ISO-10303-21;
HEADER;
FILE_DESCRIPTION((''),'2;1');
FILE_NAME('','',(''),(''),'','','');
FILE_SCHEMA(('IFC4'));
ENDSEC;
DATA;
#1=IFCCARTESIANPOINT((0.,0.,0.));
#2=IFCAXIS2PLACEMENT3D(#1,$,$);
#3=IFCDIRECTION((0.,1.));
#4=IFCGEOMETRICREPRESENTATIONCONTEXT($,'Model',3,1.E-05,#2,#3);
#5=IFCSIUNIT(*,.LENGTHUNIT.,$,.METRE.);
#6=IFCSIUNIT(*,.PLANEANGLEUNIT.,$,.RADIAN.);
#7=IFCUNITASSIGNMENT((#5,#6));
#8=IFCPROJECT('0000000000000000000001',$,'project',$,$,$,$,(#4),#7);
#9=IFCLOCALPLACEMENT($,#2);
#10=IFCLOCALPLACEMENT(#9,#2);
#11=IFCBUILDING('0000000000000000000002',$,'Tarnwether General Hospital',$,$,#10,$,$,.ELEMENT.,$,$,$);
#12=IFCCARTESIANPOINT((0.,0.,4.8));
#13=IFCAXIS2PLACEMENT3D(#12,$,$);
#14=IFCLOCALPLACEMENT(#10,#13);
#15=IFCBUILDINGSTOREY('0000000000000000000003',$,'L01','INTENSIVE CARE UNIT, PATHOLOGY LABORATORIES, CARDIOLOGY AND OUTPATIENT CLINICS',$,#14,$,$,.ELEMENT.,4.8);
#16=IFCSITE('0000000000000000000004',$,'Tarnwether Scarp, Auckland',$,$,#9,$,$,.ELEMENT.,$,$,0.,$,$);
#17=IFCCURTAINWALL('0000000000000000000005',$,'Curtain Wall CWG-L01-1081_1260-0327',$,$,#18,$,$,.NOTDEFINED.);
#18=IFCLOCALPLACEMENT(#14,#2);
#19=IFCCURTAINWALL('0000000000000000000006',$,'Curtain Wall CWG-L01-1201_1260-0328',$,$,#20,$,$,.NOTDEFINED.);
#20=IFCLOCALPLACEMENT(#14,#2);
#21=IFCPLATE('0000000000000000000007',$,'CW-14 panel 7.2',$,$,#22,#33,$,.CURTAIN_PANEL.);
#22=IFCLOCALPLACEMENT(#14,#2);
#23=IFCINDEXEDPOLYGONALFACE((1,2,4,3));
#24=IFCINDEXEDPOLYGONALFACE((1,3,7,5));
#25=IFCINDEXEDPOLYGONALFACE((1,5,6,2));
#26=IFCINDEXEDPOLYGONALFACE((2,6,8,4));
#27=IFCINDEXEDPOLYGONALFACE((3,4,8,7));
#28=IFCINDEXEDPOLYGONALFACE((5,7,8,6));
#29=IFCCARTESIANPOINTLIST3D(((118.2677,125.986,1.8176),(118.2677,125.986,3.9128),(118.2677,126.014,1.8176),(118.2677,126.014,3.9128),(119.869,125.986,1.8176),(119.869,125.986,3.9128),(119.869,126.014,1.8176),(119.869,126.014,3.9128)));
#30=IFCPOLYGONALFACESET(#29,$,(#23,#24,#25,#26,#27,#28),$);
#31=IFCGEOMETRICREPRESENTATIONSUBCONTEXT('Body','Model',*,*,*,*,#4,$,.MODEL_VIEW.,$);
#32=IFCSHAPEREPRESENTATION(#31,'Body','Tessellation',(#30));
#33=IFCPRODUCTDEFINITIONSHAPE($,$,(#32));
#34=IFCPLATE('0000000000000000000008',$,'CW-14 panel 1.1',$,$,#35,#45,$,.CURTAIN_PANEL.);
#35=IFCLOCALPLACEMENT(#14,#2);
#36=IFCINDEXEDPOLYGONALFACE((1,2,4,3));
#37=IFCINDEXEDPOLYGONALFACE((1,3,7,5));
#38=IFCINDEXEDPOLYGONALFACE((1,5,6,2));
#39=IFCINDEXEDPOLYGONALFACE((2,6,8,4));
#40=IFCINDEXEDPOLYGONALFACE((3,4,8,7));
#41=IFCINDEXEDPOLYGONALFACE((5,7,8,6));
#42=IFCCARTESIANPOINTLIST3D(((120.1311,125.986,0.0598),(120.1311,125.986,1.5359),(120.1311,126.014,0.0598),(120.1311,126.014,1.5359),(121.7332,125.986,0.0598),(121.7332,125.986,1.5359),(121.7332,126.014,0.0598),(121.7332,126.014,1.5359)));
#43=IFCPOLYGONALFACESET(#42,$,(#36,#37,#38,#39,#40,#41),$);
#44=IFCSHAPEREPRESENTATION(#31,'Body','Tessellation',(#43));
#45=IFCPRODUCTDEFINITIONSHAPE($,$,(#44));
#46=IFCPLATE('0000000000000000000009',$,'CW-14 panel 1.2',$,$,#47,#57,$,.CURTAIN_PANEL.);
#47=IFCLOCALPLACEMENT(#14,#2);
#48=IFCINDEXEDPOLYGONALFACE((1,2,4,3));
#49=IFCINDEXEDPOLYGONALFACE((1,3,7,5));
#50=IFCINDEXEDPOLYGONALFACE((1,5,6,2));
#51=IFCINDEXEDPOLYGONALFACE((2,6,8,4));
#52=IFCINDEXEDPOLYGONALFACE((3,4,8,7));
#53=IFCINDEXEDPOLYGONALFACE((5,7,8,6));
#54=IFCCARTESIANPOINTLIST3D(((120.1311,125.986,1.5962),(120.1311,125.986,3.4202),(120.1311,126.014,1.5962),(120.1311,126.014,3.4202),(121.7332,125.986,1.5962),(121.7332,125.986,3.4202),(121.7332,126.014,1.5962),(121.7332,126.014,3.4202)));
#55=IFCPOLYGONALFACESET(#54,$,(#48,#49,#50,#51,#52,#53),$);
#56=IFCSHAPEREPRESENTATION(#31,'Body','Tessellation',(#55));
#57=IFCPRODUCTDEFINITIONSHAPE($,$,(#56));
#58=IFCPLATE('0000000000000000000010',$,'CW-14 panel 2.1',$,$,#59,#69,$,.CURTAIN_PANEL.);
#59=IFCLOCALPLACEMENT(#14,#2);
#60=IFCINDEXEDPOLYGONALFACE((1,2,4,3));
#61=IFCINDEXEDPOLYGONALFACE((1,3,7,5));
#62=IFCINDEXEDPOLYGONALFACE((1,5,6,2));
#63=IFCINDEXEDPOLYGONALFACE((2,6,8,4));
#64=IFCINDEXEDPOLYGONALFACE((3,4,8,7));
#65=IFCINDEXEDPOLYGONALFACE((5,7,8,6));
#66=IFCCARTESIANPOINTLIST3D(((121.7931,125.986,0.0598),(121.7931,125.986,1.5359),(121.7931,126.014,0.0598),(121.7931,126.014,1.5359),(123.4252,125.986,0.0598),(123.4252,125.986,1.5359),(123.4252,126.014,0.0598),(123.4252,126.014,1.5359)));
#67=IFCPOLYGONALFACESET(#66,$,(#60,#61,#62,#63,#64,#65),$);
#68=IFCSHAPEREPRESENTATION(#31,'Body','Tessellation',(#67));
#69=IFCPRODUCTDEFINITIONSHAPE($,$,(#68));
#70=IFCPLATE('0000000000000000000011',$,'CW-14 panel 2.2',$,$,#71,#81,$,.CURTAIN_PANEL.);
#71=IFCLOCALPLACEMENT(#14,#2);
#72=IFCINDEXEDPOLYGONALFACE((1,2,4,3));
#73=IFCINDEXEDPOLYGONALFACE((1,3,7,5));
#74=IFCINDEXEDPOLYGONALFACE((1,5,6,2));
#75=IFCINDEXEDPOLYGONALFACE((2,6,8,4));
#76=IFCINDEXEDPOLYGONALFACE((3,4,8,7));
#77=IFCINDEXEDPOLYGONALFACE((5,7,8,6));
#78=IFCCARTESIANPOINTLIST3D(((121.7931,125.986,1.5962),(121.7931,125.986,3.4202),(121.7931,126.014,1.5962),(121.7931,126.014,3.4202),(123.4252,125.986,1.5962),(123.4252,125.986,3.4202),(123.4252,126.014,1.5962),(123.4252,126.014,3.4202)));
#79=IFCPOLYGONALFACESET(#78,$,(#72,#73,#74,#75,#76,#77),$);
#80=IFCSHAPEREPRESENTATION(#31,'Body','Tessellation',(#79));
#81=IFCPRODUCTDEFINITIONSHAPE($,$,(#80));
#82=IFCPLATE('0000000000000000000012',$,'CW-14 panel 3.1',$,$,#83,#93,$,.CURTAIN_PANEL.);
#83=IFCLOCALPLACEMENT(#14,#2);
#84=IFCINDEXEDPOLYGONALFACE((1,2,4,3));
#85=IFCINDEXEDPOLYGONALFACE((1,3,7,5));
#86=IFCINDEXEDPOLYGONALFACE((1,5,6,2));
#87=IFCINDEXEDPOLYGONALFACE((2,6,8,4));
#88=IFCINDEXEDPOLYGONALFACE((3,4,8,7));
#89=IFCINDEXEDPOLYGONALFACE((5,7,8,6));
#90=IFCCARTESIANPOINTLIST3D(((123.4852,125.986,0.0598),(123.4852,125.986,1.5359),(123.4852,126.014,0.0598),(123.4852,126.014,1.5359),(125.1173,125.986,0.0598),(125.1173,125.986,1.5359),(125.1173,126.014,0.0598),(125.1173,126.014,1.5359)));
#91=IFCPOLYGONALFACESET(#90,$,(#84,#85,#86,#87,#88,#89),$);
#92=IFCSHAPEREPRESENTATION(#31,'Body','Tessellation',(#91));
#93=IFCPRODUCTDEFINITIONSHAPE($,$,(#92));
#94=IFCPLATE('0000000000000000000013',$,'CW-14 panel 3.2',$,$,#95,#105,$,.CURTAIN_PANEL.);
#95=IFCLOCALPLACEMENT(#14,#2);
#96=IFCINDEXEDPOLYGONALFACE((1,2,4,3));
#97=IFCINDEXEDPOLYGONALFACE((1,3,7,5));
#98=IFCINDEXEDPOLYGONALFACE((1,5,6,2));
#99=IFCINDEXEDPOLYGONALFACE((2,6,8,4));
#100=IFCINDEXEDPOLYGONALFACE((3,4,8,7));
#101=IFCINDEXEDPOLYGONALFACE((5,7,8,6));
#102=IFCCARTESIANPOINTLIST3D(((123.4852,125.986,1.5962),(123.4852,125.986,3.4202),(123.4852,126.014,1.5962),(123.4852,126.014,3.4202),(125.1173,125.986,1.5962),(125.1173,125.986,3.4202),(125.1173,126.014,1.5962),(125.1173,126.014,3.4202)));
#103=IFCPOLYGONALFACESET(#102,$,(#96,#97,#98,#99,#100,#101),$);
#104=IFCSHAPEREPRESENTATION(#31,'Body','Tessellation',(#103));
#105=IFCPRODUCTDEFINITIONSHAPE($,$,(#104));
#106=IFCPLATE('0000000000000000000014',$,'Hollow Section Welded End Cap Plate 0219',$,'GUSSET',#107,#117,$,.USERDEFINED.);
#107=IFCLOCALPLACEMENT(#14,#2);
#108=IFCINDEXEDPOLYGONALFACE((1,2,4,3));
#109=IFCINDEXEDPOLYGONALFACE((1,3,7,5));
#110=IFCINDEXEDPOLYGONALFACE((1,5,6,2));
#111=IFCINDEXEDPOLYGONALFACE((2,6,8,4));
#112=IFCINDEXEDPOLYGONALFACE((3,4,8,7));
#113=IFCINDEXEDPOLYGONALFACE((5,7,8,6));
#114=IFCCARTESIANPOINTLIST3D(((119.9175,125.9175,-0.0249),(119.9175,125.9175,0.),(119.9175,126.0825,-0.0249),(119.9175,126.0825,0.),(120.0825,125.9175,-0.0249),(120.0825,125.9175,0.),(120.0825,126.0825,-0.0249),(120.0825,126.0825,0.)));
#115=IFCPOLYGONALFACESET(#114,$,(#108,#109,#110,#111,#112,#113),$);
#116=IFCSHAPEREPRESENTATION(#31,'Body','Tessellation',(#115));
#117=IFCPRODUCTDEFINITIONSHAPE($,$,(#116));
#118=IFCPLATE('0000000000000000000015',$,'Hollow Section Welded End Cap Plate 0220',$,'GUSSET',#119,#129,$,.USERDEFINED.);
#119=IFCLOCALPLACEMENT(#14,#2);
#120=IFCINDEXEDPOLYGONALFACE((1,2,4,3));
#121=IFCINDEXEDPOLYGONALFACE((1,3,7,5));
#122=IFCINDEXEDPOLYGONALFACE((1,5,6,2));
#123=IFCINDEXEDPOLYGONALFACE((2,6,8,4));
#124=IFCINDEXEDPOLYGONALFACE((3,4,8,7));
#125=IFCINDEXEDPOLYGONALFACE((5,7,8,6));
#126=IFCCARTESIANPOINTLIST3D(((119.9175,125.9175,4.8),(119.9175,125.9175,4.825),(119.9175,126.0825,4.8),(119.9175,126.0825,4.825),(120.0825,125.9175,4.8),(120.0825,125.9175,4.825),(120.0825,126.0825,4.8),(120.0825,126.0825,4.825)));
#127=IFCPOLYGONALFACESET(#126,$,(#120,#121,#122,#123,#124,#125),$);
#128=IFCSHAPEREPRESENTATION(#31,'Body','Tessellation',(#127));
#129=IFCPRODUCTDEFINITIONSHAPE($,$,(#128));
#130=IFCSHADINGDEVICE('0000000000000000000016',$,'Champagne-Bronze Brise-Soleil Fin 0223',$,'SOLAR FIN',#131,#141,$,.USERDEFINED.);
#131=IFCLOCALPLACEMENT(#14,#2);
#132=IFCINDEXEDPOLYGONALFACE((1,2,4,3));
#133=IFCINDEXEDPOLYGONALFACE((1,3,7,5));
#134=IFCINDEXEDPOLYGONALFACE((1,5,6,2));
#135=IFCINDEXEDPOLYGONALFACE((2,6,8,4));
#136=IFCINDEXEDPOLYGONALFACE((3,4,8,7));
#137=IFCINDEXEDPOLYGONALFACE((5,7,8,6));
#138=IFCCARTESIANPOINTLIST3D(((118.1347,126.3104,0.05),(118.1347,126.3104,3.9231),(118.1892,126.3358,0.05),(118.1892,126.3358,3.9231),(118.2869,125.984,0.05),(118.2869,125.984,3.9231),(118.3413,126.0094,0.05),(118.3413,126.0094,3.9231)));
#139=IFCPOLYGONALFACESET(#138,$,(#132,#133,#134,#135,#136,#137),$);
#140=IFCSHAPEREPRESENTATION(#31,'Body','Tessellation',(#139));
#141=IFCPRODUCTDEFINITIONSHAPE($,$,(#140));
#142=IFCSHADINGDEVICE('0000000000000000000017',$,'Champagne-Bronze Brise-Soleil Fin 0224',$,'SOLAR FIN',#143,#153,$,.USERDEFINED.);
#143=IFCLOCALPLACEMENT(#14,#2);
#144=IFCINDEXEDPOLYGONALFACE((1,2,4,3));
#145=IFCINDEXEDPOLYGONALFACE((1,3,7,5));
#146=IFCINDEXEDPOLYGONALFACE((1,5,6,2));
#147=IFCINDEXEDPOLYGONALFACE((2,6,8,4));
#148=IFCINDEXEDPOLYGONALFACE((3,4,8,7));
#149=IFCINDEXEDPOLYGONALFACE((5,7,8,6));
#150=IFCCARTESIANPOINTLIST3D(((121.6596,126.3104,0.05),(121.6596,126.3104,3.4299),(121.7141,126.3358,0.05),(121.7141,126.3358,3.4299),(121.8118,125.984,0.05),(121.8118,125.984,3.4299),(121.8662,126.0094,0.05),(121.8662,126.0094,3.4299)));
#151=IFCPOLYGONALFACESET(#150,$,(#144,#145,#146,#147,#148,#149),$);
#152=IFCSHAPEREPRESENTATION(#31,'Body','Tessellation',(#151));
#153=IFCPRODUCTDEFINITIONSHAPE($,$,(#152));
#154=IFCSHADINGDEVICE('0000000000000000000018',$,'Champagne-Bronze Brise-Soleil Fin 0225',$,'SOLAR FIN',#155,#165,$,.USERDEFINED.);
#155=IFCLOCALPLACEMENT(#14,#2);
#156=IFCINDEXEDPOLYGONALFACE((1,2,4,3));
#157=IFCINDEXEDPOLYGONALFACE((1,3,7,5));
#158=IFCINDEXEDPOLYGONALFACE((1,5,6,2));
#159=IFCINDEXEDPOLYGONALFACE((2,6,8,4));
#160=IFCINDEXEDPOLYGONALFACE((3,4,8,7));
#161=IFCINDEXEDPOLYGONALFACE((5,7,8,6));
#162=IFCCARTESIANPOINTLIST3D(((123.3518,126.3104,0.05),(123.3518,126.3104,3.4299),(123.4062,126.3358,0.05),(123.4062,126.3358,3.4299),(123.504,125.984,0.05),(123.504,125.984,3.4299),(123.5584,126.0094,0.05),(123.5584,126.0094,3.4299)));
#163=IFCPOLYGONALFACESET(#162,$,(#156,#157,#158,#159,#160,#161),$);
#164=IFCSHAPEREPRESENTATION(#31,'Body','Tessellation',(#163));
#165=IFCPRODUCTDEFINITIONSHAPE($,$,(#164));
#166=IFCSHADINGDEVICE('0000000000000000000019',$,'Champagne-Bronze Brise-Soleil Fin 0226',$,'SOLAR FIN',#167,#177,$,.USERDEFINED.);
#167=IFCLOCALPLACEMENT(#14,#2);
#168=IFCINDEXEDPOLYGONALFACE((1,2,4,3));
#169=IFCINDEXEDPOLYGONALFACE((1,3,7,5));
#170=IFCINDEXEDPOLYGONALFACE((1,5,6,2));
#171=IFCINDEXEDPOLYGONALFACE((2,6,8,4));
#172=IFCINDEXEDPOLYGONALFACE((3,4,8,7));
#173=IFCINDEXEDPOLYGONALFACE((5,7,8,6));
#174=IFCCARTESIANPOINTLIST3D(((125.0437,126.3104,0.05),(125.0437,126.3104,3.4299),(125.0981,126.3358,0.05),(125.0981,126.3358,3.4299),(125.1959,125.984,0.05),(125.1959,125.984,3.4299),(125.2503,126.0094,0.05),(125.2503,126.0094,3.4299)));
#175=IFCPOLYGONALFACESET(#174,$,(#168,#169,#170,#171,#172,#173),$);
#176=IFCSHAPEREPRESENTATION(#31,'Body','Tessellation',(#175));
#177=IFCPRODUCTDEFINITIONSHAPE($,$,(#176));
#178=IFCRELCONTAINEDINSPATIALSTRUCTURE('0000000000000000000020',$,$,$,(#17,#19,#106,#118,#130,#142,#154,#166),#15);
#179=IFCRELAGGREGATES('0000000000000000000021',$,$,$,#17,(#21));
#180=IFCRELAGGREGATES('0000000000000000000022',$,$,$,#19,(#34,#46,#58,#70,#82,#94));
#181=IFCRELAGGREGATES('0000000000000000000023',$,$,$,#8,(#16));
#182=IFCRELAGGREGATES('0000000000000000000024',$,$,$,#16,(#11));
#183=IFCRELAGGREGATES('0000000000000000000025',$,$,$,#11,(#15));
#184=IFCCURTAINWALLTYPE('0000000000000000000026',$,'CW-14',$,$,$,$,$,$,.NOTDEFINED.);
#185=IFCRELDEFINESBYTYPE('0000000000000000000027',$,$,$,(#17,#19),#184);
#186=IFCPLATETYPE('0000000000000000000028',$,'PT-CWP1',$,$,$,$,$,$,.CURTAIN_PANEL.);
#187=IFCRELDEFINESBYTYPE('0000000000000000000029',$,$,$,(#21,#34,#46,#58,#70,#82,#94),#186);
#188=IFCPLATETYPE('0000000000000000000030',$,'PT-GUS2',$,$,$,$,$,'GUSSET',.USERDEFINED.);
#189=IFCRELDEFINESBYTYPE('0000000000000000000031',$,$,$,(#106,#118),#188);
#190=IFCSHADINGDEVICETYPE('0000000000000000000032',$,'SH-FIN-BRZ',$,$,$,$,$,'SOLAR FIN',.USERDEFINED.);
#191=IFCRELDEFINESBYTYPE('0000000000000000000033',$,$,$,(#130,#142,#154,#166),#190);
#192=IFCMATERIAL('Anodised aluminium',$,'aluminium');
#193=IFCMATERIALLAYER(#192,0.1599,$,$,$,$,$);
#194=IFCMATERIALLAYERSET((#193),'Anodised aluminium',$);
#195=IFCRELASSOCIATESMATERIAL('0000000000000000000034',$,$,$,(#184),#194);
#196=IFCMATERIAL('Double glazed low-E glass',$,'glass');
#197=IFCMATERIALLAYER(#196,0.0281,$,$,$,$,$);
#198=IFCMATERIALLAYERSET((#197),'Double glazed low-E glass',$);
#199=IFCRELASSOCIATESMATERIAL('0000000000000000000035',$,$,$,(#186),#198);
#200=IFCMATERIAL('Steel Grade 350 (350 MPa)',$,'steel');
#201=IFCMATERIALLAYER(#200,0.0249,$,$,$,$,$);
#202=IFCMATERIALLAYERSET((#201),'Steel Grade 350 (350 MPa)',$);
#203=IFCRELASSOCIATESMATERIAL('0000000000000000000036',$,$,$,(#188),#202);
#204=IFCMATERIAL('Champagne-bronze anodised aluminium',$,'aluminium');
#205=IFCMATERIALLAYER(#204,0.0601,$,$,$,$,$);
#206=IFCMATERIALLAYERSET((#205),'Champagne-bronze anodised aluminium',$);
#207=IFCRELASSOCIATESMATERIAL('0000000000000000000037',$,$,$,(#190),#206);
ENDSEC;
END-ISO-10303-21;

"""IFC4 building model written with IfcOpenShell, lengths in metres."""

from ifc_helpers import new_model, si_unit, direction, frame, origin, origin_2d, place, context, subcontext, project, spatial, rectangle, extrude, material, layer, layer_set, type_object, element, aggregate, save


model = new_model("IFC4")

# Units and contexts
model_context = context("Model", 3, precision=1e-05, world=origin(), true_north=direction((0.0, 1.0)))
body_context = subcontext(model_context, "Body", "Model", "MODEL_VIEW")
ifc_project = project(units=[si_unit("LENGTHUNIT", "METRE"), si_unit("PLANEANGLEUNIT", "RADIAN")], contexts=[model_context])

# Site, building, storey
site_placement = place(None, origin())
site = spatial("IfcSite", under=ifc_project, at=site_placement, Name="Tarnwether Scarp, Auckland", CompositionType="ELEMENT", RefElevation=0.0)
building_placement = place(site_placement, origin())
building = spatial("IfcBuilding", under=site, at=building_placement, Name="Tarnwether General Hospital", CompositionType="ELEMENT")
storey_placement = place(building_placement, frame((0.0, 0.0, 4.8)))
storey = spatial("IfcBuildingStorey", under=building, at=storey_placement, Name="L01", Description="INTENSIVE CARE UNIT, PATHOLOGY LABORATORIES, CARDIOLOGY AND OUTPATIENT CLINICS", CompositionType="ELEMENT", Elevation=4.8)

# Curtain walls
ifc_material_1 = material(Name="Anodised aluminium", Category="aluminium")
ifc_layer_1 = layer(ifc_material_1, 0.1599)
ifc_layer_set_1 = layer_set([ifc_layer_1], Name="Anodised aluminium")
curtain_wall_type = type_object("IfcCurtainWallType", Name="CW-14", PredefinedType="NOTDEFINED", material=ifc_layer_set_1)
curtain_wall_1_placement = place(storey_placement, origin())
curtain_wall_1 = element("IfcCurtainWall", 1, at=curtain_wall_1_placement, inside=storey, type_object=curtain_wall_type, Name="Curtain Wall CWG-L01-1081_1260-0327", PredefinedType="NOTDEFINED")
curtain_wall_2_placement = place(storey_placement, origin())
curtain_wall_2 = element("IfcCurtainWall", 2, at=curtain_wall_2_placement, inside=storey, type_object=curtain_wall_type, Name="Curtain Wall CWG-L01-1201_1260-0328", PredefinedType="NOTDEFINED")

# Plates
ifc_material_2 = material(Name="Double glazed low-E glass", Category="glass")
ifc_layer_2 = layer(ifc_material_2, 0.0281)
ifc_layer_set_2 = layer_set([ifc_layer_2], Name="Double glazed low-E glass")
plate_type_1 = type_object("IfcPlateType", Name="PT-CWP1", PredefinedType="CURTAIN_PANEL", material=ifc_layer_set_2)
plate_1_placement = place(storey_placement, frame((119.0684, 126.0, 1.8176), z_axis=(0.0, 0.0, 1.0), x_axis=(1.0, 0.0, 0.0)))
plate_1 = element("IfcPlate", 3, at=plate_1_placement, type_object=plate_type_1, Name="CW-14 panel 7.2", PredefinedType="CURTAIN_PANEL", context=body_context, shape_type="SweptSolid", body=[
    extrude(rectangle(XDim=1.6013, YDim=0.0281, at=origin_2d()), origin(), (0.0, 0.0, 1.0), 2.0952),
])
aggregate(curtain_wall_1, [plate_1])
plate_2_placement = place(storey_placement, frame((120.9321, 126.0, 0.0598), z_axis=(0.0, 0.0, 1.0), x_axis=(1.0, 0.0, 0.0)))
plate_2 = element("IfcPlate", 4, at=plate_2_placement, type_object=plate_type_1, Name="CW-14 panel 1.1", PredefinedType="CURTAIN_PANEL", context=body_context, shape_type="SweptSolid", body=[
    extrude(rectangle(XDim=1.6021, YDim=0.0281, at=origin_2d()), origin(), (0.0, 0.0, 1.0), 1.4761),
])
plate_3_placement = place(storey_placement, frame((120.9321, 126.0, 1.5962), z_axis=(0.0, 0.0, 1.0), x_axis=(1.0, 0.0, 0.0)))
plate_3 = element("IfcPlate", 5, at=plate_3_placement, type_object=plate_type_1, Name="CW-14 panel 1.2", PredefinedType="CURTAIN_PANEL", context=body_context, shape_type="SweptSolid", body=[
    extrude(rectangle(XDim=1.6021, YDim=0.0281, at=origin_2d()), origin(), (0.0, 0.0, 1.0), 1.824),
])
plate_4_placement = place(storey_placement, frame((122.6091, 126.0, 0.0598), z_axis=(0.0, 0.0, 1.0), x_axis=(1.0, 0.0, 0.0)))
plate_4 = element("IfcPlate", 6, at=plate_4_placement, type_object=plate_type_1, Name="CW-14 panel 2.1", PredefinedType="CURTAIN_PANEL", context=body_context, shape_type="SweptSolid", body=[
    extrude(rectangle(XDim=1.6321, YDim=0.0281, at=origin_2d()), origin(), (0.0, 0.0, 1.0), 1.4761),
])
plate_5_placement = place(storey_placement, frame((122.6091, 126.0, 1.5962), z_axis=(0.0, 0.0, 1.0), x_axis=(1.0, 0.0, 0.0)))
plate_5 = element("IfcPlate", 7, at=plate_5_placement, type_object=plate_type_1, Name="CW-14 panel 2.2", PredefinedType="CURTAIN_PANEL", context=body_context, shape_type="SweptSolid", body=[
    extrude(rectangle(XDim=1.6321, YDim=0.0281, at=origin_2d()), origin(), (0.0, 0.0, 1.0), 1.824),
])
plate_6_placement = place(storey_placement, frame((124.3013, 126.0, 0.0598), z_axis=(0.0, 0.0, 1.0), x_axis=(1.0, 0.0, 0.0)))
plate_6 = element("IfcPlate", 8, at=plate_6_placement, type_object=plate_type_1, Name="CW-14 panel 3.1", PredefinedType="CURTAIN_PANEL", context=body_context, shape_type="SweptSolid", body=[
    extrude(rectangle(XDim=1.6321, YDim=0.0281, at=origin_2d()), origin(), (0.0, 0.0, 1.0), 1.4761),
])
plate_7_placement = place(storey_placement, frame((124.3013, 126.0, 1.5962), z_axis=(0.0, 0.0, 1.0), x_axis=(1.0, 0.0, 0.0)))
plate_7 = element("IfcPlate", 9, at=plate_7_placement, type_object=plate_type_1, Name="CW-14 panel 3.2", PredefinedType="CURTAIN_PANEL", context=body_context, shape_type="SweptSolid", body=[
    extrude(rectangle(XDim=1.6321, YDim=0.0281, at=origin_2d()), origin(), (0.0, 0.0, 1.0), 1.824),
])
aggregate(curtain_wall_2, [plate_2, plate_3, plate_4, plate_5, plate_6, plate_7])

# Plates
ifc_material_3 = material(Name="Steel Grade 350 (350 MPa)", Category="steel")
ifc_layer_3 = layer(ifc_material_3, 0.0249)
ifc_layer_set_3 = layer_set([ifc_layer_3], Name="Steel Grade 350 (350 MPa)")
plate_type_2 = type_object("IfcPlateType", Name="PT-GUS2", ElementType="GUSSET", PredefinedType="USERDEFINED", material=ifc_layer_set_3)
for number, where, z_axis, x_axis, name in (
    (10, (120.0, 126.0, -0.0249), (0.0, 0.0, 1.0), (1.0, 0.0, 0.0), "Hollow Section Welded End Cap Plate 0219"),
    (11, (120.0, 126.0, 4.8), (0.0, 0.0, 1.0), (1.0, 0.0, 0.0), "Hollow Section Welded End Cap Plate 0220"),
):
    element("IfcPlate", number, at=place(storey_placement, frame(where, z_axis=z_axis, x_axis=x_axis)), inside=storey, type_object=plate_type_2, Name=name, ObjectType="GUSSET", PredefinedType="USERDEFINED", context=body_context, shape_type="SweptSolid", body=[
        extrude(rectangle(XDim=0.165, YDim=0.165, at=origin_2d()), origin(), (0.0, 0.0, 1.0), 0.0249),
    ])

# Shading devices
ifc_material_4 = material(Name="Champagne-bronze anodised aluminium", Category="aluminium")
ifc_layer_4 = layer(ifc_material_4, 0.0601)
ifc_layer_set_4 = layer_set([ifc_layer_4], Name="Champagne-bronze anodised aluminium")
shading_device_type = type_object("IfcShadingDeviceType", Name="SH-FIN-BRZ", ElementType="SOLAR FIN", PredefinedType="USERDEFINED", material=ifc_layer_set_4)
shading_device_placement = place(storey_placement, frame((118.238, 126.1599, 0.05), z_axis=(0.0, 0.0, 1.0), x_axis=(0.906308, 0.422618, 0.0)))
element("IfcShadingDevice", 12, at=shading_device_placement, inside=storey, type_object=shading_device_type, Name="Champagne-Bronze Brise-Soleil Fin 0223", ObjectType="SOLAR FIN", PredefinedType="USERDEFINED", context=body_context, shape_type="SweptSolid", body=[
    extrude(rectangle(XDim=0.0601, YDim=0.3601, at=origin_2d()), origin(), (0.0, 0.0, 1.0), 3.873),
])
for number, where, z_axis, x_axis, name in (
    (13, (121.7629, 126.1599, 0.05), (0.0, 0.0, 1.0), (0.906308, 0.422618, 0.0), "Champagne-Bronze Brise-Soleil Fin 0224"),
    (14, (123.4551, 126.1599, 0.05), (0.0, 0.0, 1.0), (0.906308, 0.422618, 0.0), "Champagne-Bronze Brise-Soleil Fin 0225"),
    (15, (125.147, 126.1599, 0.05), (0.0, 0.0, 1.0), (0.906308, 0.422618, 0.0), "Champagne-Bronze Brise-Soleil Fin 0226"),
):
    element("IfcShadingDevice", number, at=place(storey_placement, frame(where, z_axis=z_axis, x_axis=x_axis)), inside=storey, type_object=shading_device_type, Name=name, ObjectType="SOLAR FIN", PredefinedType="USERDEFINED", context=body_context, shape_type="SweptSolid", body=[
        extrude(rectangle(XDim=0.0601, YDim=0.3601, at=origin_2d()), origin(), (0.0, 0.0, 1.0), 3.3799),
    ])

save(model, "model.ifc")
